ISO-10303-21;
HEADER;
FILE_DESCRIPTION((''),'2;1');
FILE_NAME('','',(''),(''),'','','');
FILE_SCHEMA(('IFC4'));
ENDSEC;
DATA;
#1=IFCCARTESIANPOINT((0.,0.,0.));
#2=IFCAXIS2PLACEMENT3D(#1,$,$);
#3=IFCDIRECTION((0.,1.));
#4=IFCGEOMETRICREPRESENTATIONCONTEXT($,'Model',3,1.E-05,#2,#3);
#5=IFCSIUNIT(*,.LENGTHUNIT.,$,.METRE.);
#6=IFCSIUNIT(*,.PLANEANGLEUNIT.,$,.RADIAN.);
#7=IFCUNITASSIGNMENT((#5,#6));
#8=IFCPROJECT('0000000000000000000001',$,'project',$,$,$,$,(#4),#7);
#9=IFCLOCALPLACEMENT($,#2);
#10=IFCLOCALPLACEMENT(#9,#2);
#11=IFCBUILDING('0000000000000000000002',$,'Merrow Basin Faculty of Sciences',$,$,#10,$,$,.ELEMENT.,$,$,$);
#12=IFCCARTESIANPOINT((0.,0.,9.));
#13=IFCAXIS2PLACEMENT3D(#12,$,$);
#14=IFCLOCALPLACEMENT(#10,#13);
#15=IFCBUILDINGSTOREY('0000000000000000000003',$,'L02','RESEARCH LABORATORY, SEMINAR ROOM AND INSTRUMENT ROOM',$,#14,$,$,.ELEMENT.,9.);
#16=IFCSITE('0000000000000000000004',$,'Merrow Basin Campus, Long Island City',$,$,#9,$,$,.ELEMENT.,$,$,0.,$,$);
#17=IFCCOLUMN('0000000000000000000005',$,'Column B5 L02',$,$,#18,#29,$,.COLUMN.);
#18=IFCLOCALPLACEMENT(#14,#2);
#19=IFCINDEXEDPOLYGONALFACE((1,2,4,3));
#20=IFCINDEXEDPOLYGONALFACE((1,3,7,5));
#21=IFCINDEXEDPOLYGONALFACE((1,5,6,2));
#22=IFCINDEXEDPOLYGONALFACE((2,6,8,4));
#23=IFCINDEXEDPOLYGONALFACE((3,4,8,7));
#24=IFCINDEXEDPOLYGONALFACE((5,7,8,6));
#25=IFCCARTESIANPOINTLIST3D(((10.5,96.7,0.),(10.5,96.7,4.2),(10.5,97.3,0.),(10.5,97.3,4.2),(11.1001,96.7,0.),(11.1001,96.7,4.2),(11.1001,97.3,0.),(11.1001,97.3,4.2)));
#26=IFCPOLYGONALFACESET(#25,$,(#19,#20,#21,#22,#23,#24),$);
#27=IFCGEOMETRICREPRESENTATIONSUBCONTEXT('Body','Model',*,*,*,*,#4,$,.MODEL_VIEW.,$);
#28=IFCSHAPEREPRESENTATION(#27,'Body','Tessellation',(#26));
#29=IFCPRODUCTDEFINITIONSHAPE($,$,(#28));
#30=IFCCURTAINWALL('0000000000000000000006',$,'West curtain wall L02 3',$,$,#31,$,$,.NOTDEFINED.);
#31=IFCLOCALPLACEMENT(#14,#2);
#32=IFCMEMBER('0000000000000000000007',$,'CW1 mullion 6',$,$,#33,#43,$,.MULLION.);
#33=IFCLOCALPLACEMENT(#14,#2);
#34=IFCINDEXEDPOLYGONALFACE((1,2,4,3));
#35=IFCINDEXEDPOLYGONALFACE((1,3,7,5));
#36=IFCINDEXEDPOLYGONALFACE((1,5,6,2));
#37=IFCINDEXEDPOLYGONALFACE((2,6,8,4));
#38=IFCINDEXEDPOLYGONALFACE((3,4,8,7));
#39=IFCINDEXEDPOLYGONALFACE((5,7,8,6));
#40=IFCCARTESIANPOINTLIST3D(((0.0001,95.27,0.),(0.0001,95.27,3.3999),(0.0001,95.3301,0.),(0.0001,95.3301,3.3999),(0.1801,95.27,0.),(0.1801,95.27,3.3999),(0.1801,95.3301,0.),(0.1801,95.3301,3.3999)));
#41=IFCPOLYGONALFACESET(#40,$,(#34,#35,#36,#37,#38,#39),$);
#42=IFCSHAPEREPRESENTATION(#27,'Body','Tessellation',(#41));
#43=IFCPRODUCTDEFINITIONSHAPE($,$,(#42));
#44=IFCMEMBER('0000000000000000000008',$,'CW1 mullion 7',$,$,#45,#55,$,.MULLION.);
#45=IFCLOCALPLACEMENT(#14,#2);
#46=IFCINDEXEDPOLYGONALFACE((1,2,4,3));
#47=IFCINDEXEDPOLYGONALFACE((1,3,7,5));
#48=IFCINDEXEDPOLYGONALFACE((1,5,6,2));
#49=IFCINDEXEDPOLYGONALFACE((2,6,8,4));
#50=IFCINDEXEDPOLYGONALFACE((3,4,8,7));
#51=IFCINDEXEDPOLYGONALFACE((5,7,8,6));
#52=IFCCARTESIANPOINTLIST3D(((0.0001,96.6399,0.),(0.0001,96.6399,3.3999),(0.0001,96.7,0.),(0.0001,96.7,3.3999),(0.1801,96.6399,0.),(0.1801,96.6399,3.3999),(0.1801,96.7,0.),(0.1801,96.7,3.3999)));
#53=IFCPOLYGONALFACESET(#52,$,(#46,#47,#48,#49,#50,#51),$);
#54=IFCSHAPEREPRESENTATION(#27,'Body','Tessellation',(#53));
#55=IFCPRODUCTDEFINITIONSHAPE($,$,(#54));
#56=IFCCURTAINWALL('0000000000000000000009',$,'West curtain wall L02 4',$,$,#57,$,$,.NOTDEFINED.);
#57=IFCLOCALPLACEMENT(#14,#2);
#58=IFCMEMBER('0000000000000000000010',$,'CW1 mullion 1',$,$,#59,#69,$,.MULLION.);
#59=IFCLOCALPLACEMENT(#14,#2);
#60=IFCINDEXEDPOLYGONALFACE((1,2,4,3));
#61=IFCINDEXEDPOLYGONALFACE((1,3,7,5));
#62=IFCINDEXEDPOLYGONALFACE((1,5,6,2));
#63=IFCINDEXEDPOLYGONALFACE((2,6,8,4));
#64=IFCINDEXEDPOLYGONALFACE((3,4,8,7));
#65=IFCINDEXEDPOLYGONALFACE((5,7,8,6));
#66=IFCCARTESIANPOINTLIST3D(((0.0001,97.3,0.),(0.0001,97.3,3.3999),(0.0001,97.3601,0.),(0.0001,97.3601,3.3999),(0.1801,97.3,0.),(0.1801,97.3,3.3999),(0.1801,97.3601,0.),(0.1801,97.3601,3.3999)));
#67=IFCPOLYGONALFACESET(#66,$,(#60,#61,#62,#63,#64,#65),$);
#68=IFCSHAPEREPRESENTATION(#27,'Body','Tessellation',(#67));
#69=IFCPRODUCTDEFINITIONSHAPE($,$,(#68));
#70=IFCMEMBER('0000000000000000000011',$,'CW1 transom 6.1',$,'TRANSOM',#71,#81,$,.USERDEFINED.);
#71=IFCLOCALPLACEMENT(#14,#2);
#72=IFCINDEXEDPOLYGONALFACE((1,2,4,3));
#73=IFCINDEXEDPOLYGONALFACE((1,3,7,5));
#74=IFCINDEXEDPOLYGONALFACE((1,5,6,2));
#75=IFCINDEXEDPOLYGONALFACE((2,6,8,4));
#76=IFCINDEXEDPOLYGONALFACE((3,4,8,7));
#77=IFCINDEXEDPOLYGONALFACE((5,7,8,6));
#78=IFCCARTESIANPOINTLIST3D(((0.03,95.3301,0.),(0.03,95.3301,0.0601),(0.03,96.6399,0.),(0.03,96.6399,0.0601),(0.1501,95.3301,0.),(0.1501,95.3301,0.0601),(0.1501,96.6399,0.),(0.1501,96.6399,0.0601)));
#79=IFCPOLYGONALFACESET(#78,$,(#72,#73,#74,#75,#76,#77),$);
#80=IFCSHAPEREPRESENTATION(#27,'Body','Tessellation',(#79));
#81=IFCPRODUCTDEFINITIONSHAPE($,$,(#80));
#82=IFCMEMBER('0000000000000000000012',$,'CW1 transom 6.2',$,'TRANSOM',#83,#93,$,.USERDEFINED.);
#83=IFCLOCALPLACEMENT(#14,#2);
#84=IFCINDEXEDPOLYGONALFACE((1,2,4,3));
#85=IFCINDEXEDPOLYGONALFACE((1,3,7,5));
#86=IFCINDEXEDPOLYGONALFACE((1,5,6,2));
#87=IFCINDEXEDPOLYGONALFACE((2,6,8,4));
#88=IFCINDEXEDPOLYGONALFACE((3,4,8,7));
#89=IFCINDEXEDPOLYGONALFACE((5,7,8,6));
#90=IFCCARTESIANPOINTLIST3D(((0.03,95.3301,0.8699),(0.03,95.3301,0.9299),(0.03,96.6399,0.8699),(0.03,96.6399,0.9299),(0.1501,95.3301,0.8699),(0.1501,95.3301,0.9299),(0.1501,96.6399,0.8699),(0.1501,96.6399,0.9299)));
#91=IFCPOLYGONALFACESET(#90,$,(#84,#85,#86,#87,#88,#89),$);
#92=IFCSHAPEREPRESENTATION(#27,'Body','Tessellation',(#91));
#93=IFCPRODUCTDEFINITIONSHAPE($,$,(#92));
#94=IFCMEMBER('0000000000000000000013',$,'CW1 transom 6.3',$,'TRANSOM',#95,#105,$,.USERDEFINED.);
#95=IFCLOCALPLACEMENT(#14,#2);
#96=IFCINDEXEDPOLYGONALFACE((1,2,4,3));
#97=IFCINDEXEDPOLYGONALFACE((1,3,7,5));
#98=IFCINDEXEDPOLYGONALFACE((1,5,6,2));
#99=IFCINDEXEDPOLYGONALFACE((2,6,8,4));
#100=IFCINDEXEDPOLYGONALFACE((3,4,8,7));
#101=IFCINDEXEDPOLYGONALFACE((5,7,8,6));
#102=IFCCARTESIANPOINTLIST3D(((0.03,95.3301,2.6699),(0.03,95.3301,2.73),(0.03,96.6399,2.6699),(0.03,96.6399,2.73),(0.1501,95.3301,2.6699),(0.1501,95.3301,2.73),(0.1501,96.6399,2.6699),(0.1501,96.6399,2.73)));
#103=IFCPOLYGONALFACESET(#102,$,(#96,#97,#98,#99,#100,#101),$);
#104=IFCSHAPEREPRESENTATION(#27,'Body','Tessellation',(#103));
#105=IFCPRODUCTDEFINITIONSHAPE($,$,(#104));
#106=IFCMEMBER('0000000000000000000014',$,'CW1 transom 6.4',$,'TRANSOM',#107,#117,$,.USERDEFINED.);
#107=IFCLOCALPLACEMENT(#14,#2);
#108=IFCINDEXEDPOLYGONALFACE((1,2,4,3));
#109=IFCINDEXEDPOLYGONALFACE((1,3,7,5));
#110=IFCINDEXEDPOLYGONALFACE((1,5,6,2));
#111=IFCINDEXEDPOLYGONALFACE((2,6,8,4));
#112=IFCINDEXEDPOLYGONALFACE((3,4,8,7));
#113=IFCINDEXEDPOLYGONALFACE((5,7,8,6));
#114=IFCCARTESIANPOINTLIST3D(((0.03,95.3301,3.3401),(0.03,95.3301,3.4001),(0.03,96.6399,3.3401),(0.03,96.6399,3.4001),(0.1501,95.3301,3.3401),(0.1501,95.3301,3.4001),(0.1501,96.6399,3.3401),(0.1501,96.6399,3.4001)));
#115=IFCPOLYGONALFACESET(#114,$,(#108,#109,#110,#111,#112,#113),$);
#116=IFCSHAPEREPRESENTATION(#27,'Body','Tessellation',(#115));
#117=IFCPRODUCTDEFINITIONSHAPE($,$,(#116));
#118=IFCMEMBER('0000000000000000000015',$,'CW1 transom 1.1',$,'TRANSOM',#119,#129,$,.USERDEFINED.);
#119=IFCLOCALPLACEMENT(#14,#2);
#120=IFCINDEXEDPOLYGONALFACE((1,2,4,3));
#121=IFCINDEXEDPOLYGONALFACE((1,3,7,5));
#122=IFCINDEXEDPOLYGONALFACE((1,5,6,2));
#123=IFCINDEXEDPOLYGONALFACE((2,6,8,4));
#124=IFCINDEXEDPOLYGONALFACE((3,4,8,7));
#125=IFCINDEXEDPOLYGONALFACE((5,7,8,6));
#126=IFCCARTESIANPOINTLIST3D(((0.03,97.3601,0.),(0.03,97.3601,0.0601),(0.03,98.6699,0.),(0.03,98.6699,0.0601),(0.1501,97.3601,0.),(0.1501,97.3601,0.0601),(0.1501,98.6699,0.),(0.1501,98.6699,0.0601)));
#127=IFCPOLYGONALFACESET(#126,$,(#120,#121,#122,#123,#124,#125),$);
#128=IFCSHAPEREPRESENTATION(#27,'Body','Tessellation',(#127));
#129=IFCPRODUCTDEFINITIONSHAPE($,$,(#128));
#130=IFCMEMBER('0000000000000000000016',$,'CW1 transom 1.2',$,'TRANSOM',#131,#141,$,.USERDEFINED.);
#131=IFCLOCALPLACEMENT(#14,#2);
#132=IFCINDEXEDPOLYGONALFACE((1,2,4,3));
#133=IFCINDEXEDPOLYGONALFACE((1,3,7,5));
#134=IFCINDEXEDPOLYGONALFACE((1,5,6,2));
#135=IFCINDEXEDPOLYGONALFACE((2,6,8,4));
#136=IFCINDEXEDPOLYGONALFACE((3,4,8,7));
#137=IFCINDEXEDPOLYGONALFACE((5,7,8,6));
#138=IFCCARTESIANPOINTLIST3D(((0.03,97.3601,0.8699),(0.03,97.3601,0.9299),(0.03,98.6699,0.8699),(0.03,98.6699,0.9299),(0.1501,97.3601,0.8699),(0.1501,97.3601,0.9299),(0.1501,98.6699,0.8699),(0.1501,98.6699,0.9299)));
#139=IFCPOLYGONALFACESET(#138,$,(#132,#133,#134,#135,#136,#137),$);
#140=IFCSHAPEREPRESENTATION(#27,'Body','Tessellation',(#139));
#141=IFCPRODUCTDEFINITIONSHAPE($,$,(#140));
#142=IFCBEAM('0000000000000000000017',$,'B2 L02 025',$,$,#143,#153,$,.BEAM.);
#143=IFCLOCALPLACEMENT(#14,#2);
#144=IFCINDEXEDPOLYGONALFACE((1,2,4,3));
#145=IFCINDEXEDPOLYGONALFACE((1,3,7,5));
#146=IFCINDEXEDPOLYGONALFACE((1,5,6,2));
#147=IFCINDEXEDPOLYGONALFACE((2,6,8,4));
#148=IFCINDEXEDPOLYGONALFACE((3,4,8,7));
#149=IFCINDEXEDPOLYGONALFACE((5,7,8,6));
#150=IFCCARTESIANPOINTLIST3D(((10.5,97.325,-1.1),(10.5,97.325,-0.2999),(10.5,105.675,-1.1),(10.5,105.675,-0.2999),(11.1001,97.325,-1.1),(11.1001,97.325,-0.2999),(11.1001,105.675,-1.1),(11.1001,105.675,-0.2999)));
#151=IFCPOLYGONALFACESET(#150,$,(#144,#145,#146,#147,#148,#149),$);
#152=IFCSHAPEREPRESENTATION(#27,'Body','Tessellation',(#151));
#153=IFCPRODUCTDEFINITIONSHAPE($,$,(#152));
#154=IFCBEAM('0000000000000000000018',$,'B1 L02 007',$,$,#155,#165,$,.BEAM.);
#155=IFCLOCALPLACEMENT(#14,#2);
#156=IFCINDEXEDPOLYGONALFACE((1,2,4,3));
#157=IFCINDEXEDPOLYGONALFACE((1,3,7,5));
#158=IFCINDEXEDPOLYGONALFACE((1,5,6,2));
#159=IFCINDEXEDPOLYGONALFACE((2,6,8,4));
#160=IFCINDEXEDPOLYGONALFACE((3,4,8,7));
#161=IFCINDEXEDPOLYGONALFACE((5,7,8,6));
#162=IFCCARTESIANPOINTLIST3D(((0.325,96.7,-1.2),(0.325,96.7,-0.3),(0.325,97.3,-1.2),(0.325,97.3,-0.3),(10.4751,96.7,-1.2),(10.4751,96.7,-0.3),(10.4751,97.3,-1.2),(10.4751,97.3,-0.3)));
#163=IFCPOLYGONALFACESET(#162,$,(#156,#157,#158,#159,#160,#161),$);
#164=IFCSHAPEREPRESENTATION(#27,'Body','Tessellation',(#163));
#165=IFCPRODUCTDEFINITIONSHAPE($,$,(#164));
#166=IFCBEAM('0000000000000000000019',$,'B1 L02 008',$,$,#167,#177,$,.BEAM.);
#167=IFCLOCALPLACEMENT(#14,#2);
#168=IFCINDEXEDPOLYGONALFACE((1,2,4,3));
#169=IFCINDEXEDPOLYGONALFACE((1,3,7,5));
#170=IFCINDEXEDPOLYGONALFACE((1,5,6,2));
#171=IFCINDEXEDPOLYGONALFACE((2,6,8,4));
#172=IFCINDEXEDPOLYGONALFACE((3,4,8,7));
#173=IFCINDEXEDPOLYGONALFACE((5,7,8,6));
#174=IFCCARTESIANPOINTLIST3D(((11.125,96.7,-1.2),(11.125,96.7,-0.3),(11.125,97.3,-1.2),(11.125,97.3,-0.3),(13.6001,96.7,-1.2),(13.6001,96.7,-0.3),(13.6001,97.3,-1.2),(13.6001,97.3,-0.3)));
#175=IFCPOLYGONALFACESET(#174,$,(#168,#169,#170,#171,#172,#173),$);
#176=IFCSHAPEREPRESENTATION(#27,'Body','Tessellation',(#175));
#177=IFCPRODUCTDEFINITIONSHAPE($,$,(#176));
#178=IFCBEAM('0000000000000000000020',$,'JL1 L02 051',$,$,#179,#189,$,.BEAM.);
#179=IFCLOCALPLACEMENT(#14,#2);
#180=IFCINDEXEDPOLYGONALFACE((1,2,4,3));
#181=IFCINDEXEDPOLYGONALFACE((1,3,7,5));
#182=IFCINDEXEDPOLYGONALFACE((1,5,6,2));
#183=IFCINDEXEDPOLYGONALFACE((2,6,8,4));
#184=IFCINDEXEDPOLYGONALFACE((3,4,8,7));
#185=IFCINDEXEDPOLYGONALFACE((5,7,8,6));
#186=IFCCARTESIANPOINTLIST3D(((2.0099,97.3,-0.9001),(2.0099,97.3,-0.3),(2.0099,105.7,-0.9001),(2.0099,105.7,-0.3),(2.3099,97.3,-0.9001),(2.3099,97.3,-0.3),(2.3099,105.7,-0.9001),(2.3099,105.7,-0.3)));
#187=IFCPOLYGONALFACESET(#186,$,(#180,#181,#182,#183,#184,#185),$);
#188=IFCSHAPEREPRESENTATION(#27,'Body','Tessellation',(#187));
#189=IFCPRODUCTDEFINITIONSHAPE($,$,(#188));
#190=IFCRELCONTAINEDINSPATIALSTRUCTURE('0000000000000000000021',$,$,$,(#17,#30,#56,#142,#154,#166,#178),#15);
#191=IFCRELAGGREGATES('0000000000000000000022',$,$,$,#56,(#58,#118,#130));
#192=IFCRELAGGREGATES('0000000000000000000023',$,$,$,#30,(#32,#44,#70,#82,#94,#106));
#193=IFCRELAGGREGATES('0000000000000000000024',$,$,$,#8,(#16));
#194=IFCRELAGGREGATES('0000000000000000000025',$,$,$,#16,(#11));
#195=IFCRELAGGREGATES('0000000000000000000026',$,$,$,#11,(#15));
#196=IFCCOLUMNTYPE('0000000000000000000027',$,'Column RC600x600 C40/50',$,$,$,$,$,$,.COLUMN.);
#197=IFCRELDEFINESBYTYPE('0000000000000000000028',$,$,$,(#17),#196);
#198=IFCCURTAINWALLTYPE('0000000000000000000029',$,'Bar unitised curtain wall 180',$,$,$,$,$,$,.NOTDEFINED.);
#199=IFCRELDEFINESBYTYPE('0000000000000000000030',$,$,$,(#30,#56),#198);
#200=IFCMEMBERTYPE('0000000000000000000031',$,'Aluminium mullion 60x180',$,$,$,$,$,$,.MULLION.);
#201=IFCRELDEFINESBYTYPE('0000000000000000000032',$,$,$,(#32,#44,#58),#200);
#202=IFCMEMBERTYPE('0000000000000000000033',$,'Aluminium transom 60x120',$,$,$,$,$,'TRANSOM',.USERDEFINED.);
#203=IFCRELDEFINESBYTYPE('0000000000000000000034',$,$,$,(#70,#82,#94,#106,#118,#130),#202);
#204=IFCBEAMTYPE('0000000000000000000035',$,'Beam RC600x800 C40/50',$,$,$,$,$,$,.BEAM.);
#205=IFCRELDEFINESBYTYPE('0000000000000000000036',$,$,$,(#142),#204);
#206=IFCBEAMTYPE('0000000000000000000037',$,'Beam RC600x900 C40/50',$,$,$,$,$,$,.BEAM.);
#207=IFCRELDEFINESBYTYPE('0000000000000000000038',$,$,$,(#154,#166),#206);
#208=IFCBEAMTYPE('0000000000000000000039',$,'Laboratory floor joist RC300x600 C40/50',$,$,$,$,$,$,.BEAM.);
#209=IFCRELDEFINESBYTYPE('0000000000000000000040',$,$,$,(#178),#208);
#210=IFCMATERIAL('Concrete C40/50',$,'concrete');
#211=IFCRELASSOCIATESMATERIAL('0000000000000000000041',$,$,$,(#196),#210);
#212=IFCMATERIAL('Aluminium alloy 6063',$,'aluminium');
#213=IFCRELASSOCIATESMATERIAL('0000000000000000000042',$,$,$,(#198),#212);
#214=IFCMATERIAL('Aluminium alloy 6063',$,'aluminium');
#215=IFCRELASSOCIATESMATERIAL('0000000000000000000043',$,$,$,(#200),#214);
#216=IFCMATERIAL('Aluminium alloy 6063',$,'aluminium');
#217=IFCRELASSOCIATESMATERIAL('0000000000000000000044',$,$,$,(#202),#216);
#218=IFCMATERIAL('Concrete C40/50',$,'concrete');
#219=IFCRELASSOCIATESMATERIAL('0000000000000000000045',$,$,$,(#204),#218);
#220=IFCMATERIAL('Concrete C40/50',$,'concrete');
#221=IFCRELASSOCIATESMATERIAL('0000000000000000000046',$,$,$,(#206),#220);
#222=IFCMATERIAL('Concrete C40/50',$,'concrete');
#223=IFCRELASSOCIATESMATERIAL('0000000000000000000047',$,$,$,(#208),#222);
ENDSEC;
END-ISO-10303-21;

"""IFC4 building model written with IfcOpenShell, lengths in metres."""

from ifc_helpers import new_model, si_unit, direction, frame, origin, origin_2d, place, context, subcontext, project, spatial, rectangle, extrude, material, material_profile, profile_set, type_object, element, aggregate, save


model = new_model("IFC4")

# Units and contexts
model_context = context("Model", 3, precision=1e-05, world=origin(), true_north=direction((0.0, 1.0)))
body_context = subcontext(model_context, "Body", "Model", "MODEL_VIEW")
ifc_project = project(units=[si_unit("LENGTHUNIT", "METRE"), si_unit("PLANEANGLEUNIT", "RADIAN")], contexts=[model_context])

# Site, building, storey
site_placement = place(None, origin())
site = spatial("IfcSite", under=ifc_project, at=site_placement, Name="Merrow Basin Campus, Long Island City", CompositionType="ELEMENT", RefElevation=0.0)
building_placement = place(site_placement, origin())
building = spatial("IfcBuilding", under=site, at=building_placement, Name="Merrow Basin Faculty of Sciences", CompositionType="ELEMENT")
storey_placement = place(building_placement, frame((0.0, 0.0, 9.0)))
storey = spatial("IfcBuildingStorey", under=building, at=storey_placement, Name="L02", Description="RESEARCH LABORATORY, SEMINAR ROOM AND INSTRUMENT ROOM", CompositionType="ELEMENT", Elevation=9.0)

# Column
ifc_material_1 = material(Name="Concrete C40/50", Category="concrete")
ifc_material_profile_1 = material_profile(ifc_material_1, rectangle(XDim=0.6001, YDim=0.6001, at=origin_2d()))
ifc_profile_set_1 = profile_set([ifc_material_profile_1], Name="Concrete C40/50")
column_type = type_object("IfcColumnType", Name="Column RC600x600 C40/50", PredefinedType="COLUMN", material=ifc_profile_set_1)
column_placement = place(storey_placement, frame((10.8, 97.0, 0.0), z_axis=(0.0, 0.0, 1.0), x_axis=(1.0, 0.0, 0.0)))
element("IfcColumn", 1, at=column_placement, inside=storey, type_object=column_type, Name="Column B5 L02", PredefinedType="COLUMN", context=body_context, shape_type="SweptSolid", body=[
    extrude(rectangle(XDim=0.6001, YDim=0.6001, at=origin_2d()), origin(), (0.0, 0.0, 1.0), 4.2),
])

# Curtain wall, members
ifc_material_2 = material(Name="Aluminium alloy 6063", Category="aluminium")
curtain_wall_type = type_object("IfcCurtainWallType", Name="Bar unitised curtain wall 180", PredefinedType="NOTDEFINED", material=ifc_material_2)
curtain_wall_1_placement = place(storey_placement, origin())
curtain_wall_1 = element("IfcCurtainWall", 2, at=curtain_wall_1_placement, inside=storey, type_object=curtain_wall_type, Name="West curtain wall L02 3", PredefinedType="NOTDEFINED")
ifc_material_3 = material(Name="Aluminium alloy 6063", Category="aluminium")
ifc_material_profile_2 = material_profile(ifc_material_3, rectangle(XDim=0.1799, YDim=0.0601, at=origin_2d()))
ifc_profile_set_2 = profile_set([ifc_material_profile_2], Name="Aluminium alloy 6063")
member_type_1 = type_object("IfcMemberType", Name="Aluminium mullion 60x180", PredefinedType="MULLION", material=ifc_profile_set_2)
member_1_placement = place(storey_placement, frame((0.0901, 95.3, 0.0), z_axis=(0.0, 0.0, 1.0), x_axis=(-1.0, 0.0, 0.0)))
member_1 = element("IfcMember", 3, at=member_1_placement, type_object=member_type_1, Name="CW1 mullion 6", PredefinedType="MULLION", context=body_context, shape_type="SweptSolid", body=[
    extrude(rectangle(XDim=0.1799, YDim=0.0601, at=origin_2d()), origin(), (0.0, 0.0, 1.0), 3.3999),
])
member_2_placement = place(storey_placement, frame((0.0901, 96.6699, 0.0), z_axis=(0.0, 0.0, 1.0), x_axis=(-1.0, 0.0, 0.0)))
member_2 = element("IfcMember", 4, at=member_2_placement, type_object=member_type_1, Name="CW1 mullion 7", PredefinedType="MULLION", context=body_context, shape_type="SweptSolid", body=[
    extrude(rectangle(XDim=0.1799, YDim=0.0601, at=origin_2d()), origin(), (0.0, 0.0, 1.0), 3.3999),
])

# Curtain wall, member
curtain_wall_2_placement = place(storey_placement, origin())
curtain_wall_2 = element("IfcCurtainWall", 5, at=curtain_wall_2_placement, inside=storey, type_object=curtain_wall_type, Name="West curtain wall L02 4", PredefinedType="NOTDEFINED")
member_3_placement = place(storey_placement, frame((0.0901, 97.3301, 0.0), z_axis=(0.0, 0.0, 1.0), x_axis=(-1.0, 0.0, 0.0)))
member_3 = element("IfcMember", 6, at=member_3_placement, type_object=member_type_1, Name="CW1 mullion 1", PredefinedType="MULLION", context=body_context, shape_type="SweptSolid", body=[
    extrude(rectangle(XDim=0.1799, YDim=0.0601, at=origin_2d()), origin(), (0.0, 0.0, 1.0), 3.3999),
])

# Members
ifc_material_4 = material(Name="Aluminium alloy 6063", Category="aluminium")
ifc_material_profile_3 = material_profile(ifc_material_4, rectangle(XDim=0.1201, YDim=0.0601, at=origin_2d()))
ifc_profile_set_3 = profile_set([ifc_material_profile_3], Name="Aluminium alloy 6063")
member_type_2 = type_object("IfcMemberType", Name="Aluminium transom 60x120", ElementType="TRANSOM", PredefinedType="USERDEFINED", material=ifc_profile_set_3)
member_4_placement = place(storey_placement, frame((0.0901, 95.3301, 0.03), z_axis=(0.0, 1.0, 0.0), x_axis=(-1.0, 0.0, 0.0)))
member_4 = element("IfcMember", 7, at=member_4_placement, type_object=member_type_2, Name="CW1 transom 6.1", ObjectType="TRANSOM", PredefinedType="USERDEFINED", context=body_context, shape_type="SweptSolid", body=[
    extrude(rectangle(XDim=0.1201, YDim=0.0601, at=origin_2d()), origin(), (0.0, 0.0, 1.0), 1.3098),
])
member_5_placement = place(storey_placement, frame((0.0901, 95.3301, 0.8999), z_axis=(0.0, 1.0, 0.0), x_axis=(-1.0, 0.0, 0.0)))
member_5 = element("IfcMember", 8, at=member_5_placement, type_object=member_type_2, Name="CW1 transom 6.2", ObjectType="TRANSOM", PredefinedType="USERDEFINED", context=body_context, shape_type="SweptSolid", body=[
    extrude(rectangle(XDim=0.1201, YDim=0.0601, at=origin_2d()), origin(), (0.0, 0.0, 1.0), 1.3098),
])
member_6_placement = place(storey_placement, frame((0.0901, 95.3301, 2.7), z_axis=(0.0, 1.0, 0.0), x_axis=(-1.0, 0.0, 0.0)))
member_6 = element("IfcMember", 9, at=member_6_placement, type_object=member_type_2, Name="CW1 transom 6.3", ObjectType="TRANSOM", PredefinedType="USERDEFINED", context=body_context, shape_type="SweptSolid", body=[
    extrude(rectangle(XDim=0.1201, YDim=0.0601, at=origin_2d()), origin(), (0.0, 0.0, 1.0), 1.3098),
])
member_7_placement = place(storey_placement, frame((0.0901, 95.3301, 3.3701), z_axis=(0.0, 1.0, 0.0), x_axis=(-1.0, 0.0, 0.0)))
member_7 = element("IfcMember", 10, at=member_7_placement, type_object=member_type_2, Name="CW1 transom 6.4", ObjectType="TRANSOM", PredefinedType="USERDEFINED", context=body_context, shape_type="SweptSolid", body=[
    extrude(rectangle(XDim=0.1201, YDim=0.0601, at=origin_2d()), origin(), (0.0, 0.0, 1.0), 1.3098),
])
member_8_placement = place(storey_placement, frame((0.0901, 97.3601, 0.03), z_axis=(0.0, 1.0, 0.0), x_axis=(-1.0, 0.0, 0.0)))
member_8 = element("IfcMember", 11, at=member_8_placement, type_object=member_type_2, Name="CW1 transom 1.1", ObjectType="TRANSOM", PredefinedType="USERDEFINED", context=body_context, shape_type="SweptSolid", body=[
    extrude(rectangle(XDim=0.1201, YDim=0.0601, at=origin_2d()), origin(), (0.0, 0.0, 1.0), 1.3098),
])
member_9_placement = place(storey_placement, frame((0.0901, 97.3601, 0.8999), z_axis=(0.0, 1.0, 0.0), x_axis=(-1.0, 0.0, 0.0)))
member_9 = element("IfcMember", 12, at=member_9_placement, type_object=member_type_2, Name="CW1 transom 1.2", ObjectType="TRANSOM", PredefinedType="USERDEFINED", context=body_context, shape_type="SweptSolid", body=[
    extrude(rectangle(XDim=0.1201, YDim=0.0601, at=origin_2d()), origin(), (0.0, 0.0, 1.0), 1.3098),
])
aggregate(curtain_wall_2, [member_3, member_8, member_9])

# Beams
ifc_material_5 = material(Name="Concrete C40/50", Category="concrete")
ifc_material_profile_4 = material_profile(ifc_material_5, rectangle(XDim=0.6001, YDim=0.8, at=origin_2d()))
ifc_profile_set_4 = profile_set([ifc_material_profile_4], Name="Concrete C40/50")
beam_type_1 = type_object("IfcBeamType", Name="Beam RC600x800 C40/50", PredefinedType="BEAM", material=ifc_profile_set_4)
beam_1_placement = place(storey_placement, frame((10.8, 97.325, -0.7), z_axis=(0.0, 1.0, 0.0), x_axis=(-1.0, 0.0, 0.0)))
element("IfcBeam", 13, at=beam_1_placement, inside=storey, type_object=beam_type_1, Name="B2 L02 025", PredefinedType="BEAM", context=body_context, shape_type="SweptSolid", body=[
    extrude(rectangle(XDim=0.6001, YDim=0.8, at=origin_2d()), origin(), (0.0, 0.0, 1.0), 8.3501),
])
ifc_material_6 = material(Name="Concrete C40/50", Category="concrete")
ifc_material_profile_5 = material_profile(ifc_material_6, rectangle(XDim=0.6001, YDim=0.8999, at=origin_2d()))
ifc_profile_set_5 = profile_set([ifc_material_profile_5], Name="Concrete C40/50")
beam_type_2 = type_object("IfcBeamType", Name="Beam RC600x900 C40/50", PredefinedType="BEAM", material=ifc_profile_set_5)
beam_2_placement = place(storey_placement, frame((0.325, 97.0, -0.75), z_axis=(1.0, 0.0, 0.0), x_axis=(0.0, 1.0, 0.0)))
element("IfcBeam", 14, at=beam_2_placement, inside=storey, type_object=beam_type_2, Name="B1 L02 007", PredefinedType="BEAM", context=body_context, shape_type="SweptSolid", body=[
    extrude(rectangle(XDim=0.6001, YDim=0.8999, at=origin_2d()), origin(), (0.0, 0.0, 1.0), 10.1501),
])
beam_3_placement = place(storey_placement, frame((11.125, 97.0, -0.75), z_axis=(1.0, 0.0, 0.0), x_axis=(0.0, 1.0, 0.0)))
element("IfcBeam", 15, at=beam_3_placement, inside=storey, type_object=beam_type_2, Name="B1 L02 008", PredefinedType="BEAM", context=body_context, shape_type="SweptSolid", body=[
    extrude(rectangle(XDim=0.6001, YDim=0.8999, at=origin_2d()), origin(), (0.0, 0.0, 1.0), 2.4751),
])
ifc_material_7 = material(Name="Concrete C40/50", Category="concrete")
ifc_material_profile_6 = material_profile(ifc_material_7, rectangle(XDim=0.3, YDim=0.6001, at=origin_2d()))
ifc_profile_set_6 = profile_set([ifc_material_profile_6], Name="Concrete C40/50")
beam_type_3 = type_object("IfcBeamType", Name="Laboratory floor joist RC300x600 C40/50", PredefinedType="BEAM", material=ifc_profile_set_6)
for number, where, z_axis, x_axis, name in (
    (16, (2.1599, 97.3, -0.6001), (0.0, 1.0, 0.0), (-1.0, 0.0, 0.0), "JL1 L02 051"),
):
    element("IfcBeam", number, at=place(storey_placement, frame(where, z_axis=z_axis, x_axis=x_axis)), inside=storey, type_object=beam_type_3, Name=name, PredefinedType="BEAM", context=body_context, shape_type="SweptSolid", body=[
        extrude(rectangle(XDim=0.3, YDim=0.6001, at=origin_2d()), origin(), (0.0, 0.0, 1.0), 8.3999),
    ])

aggregate(curtain_wall_1, [member_1, member_2, member_4, member_5, member_6, member_7])

save(model, "model.ifc")
